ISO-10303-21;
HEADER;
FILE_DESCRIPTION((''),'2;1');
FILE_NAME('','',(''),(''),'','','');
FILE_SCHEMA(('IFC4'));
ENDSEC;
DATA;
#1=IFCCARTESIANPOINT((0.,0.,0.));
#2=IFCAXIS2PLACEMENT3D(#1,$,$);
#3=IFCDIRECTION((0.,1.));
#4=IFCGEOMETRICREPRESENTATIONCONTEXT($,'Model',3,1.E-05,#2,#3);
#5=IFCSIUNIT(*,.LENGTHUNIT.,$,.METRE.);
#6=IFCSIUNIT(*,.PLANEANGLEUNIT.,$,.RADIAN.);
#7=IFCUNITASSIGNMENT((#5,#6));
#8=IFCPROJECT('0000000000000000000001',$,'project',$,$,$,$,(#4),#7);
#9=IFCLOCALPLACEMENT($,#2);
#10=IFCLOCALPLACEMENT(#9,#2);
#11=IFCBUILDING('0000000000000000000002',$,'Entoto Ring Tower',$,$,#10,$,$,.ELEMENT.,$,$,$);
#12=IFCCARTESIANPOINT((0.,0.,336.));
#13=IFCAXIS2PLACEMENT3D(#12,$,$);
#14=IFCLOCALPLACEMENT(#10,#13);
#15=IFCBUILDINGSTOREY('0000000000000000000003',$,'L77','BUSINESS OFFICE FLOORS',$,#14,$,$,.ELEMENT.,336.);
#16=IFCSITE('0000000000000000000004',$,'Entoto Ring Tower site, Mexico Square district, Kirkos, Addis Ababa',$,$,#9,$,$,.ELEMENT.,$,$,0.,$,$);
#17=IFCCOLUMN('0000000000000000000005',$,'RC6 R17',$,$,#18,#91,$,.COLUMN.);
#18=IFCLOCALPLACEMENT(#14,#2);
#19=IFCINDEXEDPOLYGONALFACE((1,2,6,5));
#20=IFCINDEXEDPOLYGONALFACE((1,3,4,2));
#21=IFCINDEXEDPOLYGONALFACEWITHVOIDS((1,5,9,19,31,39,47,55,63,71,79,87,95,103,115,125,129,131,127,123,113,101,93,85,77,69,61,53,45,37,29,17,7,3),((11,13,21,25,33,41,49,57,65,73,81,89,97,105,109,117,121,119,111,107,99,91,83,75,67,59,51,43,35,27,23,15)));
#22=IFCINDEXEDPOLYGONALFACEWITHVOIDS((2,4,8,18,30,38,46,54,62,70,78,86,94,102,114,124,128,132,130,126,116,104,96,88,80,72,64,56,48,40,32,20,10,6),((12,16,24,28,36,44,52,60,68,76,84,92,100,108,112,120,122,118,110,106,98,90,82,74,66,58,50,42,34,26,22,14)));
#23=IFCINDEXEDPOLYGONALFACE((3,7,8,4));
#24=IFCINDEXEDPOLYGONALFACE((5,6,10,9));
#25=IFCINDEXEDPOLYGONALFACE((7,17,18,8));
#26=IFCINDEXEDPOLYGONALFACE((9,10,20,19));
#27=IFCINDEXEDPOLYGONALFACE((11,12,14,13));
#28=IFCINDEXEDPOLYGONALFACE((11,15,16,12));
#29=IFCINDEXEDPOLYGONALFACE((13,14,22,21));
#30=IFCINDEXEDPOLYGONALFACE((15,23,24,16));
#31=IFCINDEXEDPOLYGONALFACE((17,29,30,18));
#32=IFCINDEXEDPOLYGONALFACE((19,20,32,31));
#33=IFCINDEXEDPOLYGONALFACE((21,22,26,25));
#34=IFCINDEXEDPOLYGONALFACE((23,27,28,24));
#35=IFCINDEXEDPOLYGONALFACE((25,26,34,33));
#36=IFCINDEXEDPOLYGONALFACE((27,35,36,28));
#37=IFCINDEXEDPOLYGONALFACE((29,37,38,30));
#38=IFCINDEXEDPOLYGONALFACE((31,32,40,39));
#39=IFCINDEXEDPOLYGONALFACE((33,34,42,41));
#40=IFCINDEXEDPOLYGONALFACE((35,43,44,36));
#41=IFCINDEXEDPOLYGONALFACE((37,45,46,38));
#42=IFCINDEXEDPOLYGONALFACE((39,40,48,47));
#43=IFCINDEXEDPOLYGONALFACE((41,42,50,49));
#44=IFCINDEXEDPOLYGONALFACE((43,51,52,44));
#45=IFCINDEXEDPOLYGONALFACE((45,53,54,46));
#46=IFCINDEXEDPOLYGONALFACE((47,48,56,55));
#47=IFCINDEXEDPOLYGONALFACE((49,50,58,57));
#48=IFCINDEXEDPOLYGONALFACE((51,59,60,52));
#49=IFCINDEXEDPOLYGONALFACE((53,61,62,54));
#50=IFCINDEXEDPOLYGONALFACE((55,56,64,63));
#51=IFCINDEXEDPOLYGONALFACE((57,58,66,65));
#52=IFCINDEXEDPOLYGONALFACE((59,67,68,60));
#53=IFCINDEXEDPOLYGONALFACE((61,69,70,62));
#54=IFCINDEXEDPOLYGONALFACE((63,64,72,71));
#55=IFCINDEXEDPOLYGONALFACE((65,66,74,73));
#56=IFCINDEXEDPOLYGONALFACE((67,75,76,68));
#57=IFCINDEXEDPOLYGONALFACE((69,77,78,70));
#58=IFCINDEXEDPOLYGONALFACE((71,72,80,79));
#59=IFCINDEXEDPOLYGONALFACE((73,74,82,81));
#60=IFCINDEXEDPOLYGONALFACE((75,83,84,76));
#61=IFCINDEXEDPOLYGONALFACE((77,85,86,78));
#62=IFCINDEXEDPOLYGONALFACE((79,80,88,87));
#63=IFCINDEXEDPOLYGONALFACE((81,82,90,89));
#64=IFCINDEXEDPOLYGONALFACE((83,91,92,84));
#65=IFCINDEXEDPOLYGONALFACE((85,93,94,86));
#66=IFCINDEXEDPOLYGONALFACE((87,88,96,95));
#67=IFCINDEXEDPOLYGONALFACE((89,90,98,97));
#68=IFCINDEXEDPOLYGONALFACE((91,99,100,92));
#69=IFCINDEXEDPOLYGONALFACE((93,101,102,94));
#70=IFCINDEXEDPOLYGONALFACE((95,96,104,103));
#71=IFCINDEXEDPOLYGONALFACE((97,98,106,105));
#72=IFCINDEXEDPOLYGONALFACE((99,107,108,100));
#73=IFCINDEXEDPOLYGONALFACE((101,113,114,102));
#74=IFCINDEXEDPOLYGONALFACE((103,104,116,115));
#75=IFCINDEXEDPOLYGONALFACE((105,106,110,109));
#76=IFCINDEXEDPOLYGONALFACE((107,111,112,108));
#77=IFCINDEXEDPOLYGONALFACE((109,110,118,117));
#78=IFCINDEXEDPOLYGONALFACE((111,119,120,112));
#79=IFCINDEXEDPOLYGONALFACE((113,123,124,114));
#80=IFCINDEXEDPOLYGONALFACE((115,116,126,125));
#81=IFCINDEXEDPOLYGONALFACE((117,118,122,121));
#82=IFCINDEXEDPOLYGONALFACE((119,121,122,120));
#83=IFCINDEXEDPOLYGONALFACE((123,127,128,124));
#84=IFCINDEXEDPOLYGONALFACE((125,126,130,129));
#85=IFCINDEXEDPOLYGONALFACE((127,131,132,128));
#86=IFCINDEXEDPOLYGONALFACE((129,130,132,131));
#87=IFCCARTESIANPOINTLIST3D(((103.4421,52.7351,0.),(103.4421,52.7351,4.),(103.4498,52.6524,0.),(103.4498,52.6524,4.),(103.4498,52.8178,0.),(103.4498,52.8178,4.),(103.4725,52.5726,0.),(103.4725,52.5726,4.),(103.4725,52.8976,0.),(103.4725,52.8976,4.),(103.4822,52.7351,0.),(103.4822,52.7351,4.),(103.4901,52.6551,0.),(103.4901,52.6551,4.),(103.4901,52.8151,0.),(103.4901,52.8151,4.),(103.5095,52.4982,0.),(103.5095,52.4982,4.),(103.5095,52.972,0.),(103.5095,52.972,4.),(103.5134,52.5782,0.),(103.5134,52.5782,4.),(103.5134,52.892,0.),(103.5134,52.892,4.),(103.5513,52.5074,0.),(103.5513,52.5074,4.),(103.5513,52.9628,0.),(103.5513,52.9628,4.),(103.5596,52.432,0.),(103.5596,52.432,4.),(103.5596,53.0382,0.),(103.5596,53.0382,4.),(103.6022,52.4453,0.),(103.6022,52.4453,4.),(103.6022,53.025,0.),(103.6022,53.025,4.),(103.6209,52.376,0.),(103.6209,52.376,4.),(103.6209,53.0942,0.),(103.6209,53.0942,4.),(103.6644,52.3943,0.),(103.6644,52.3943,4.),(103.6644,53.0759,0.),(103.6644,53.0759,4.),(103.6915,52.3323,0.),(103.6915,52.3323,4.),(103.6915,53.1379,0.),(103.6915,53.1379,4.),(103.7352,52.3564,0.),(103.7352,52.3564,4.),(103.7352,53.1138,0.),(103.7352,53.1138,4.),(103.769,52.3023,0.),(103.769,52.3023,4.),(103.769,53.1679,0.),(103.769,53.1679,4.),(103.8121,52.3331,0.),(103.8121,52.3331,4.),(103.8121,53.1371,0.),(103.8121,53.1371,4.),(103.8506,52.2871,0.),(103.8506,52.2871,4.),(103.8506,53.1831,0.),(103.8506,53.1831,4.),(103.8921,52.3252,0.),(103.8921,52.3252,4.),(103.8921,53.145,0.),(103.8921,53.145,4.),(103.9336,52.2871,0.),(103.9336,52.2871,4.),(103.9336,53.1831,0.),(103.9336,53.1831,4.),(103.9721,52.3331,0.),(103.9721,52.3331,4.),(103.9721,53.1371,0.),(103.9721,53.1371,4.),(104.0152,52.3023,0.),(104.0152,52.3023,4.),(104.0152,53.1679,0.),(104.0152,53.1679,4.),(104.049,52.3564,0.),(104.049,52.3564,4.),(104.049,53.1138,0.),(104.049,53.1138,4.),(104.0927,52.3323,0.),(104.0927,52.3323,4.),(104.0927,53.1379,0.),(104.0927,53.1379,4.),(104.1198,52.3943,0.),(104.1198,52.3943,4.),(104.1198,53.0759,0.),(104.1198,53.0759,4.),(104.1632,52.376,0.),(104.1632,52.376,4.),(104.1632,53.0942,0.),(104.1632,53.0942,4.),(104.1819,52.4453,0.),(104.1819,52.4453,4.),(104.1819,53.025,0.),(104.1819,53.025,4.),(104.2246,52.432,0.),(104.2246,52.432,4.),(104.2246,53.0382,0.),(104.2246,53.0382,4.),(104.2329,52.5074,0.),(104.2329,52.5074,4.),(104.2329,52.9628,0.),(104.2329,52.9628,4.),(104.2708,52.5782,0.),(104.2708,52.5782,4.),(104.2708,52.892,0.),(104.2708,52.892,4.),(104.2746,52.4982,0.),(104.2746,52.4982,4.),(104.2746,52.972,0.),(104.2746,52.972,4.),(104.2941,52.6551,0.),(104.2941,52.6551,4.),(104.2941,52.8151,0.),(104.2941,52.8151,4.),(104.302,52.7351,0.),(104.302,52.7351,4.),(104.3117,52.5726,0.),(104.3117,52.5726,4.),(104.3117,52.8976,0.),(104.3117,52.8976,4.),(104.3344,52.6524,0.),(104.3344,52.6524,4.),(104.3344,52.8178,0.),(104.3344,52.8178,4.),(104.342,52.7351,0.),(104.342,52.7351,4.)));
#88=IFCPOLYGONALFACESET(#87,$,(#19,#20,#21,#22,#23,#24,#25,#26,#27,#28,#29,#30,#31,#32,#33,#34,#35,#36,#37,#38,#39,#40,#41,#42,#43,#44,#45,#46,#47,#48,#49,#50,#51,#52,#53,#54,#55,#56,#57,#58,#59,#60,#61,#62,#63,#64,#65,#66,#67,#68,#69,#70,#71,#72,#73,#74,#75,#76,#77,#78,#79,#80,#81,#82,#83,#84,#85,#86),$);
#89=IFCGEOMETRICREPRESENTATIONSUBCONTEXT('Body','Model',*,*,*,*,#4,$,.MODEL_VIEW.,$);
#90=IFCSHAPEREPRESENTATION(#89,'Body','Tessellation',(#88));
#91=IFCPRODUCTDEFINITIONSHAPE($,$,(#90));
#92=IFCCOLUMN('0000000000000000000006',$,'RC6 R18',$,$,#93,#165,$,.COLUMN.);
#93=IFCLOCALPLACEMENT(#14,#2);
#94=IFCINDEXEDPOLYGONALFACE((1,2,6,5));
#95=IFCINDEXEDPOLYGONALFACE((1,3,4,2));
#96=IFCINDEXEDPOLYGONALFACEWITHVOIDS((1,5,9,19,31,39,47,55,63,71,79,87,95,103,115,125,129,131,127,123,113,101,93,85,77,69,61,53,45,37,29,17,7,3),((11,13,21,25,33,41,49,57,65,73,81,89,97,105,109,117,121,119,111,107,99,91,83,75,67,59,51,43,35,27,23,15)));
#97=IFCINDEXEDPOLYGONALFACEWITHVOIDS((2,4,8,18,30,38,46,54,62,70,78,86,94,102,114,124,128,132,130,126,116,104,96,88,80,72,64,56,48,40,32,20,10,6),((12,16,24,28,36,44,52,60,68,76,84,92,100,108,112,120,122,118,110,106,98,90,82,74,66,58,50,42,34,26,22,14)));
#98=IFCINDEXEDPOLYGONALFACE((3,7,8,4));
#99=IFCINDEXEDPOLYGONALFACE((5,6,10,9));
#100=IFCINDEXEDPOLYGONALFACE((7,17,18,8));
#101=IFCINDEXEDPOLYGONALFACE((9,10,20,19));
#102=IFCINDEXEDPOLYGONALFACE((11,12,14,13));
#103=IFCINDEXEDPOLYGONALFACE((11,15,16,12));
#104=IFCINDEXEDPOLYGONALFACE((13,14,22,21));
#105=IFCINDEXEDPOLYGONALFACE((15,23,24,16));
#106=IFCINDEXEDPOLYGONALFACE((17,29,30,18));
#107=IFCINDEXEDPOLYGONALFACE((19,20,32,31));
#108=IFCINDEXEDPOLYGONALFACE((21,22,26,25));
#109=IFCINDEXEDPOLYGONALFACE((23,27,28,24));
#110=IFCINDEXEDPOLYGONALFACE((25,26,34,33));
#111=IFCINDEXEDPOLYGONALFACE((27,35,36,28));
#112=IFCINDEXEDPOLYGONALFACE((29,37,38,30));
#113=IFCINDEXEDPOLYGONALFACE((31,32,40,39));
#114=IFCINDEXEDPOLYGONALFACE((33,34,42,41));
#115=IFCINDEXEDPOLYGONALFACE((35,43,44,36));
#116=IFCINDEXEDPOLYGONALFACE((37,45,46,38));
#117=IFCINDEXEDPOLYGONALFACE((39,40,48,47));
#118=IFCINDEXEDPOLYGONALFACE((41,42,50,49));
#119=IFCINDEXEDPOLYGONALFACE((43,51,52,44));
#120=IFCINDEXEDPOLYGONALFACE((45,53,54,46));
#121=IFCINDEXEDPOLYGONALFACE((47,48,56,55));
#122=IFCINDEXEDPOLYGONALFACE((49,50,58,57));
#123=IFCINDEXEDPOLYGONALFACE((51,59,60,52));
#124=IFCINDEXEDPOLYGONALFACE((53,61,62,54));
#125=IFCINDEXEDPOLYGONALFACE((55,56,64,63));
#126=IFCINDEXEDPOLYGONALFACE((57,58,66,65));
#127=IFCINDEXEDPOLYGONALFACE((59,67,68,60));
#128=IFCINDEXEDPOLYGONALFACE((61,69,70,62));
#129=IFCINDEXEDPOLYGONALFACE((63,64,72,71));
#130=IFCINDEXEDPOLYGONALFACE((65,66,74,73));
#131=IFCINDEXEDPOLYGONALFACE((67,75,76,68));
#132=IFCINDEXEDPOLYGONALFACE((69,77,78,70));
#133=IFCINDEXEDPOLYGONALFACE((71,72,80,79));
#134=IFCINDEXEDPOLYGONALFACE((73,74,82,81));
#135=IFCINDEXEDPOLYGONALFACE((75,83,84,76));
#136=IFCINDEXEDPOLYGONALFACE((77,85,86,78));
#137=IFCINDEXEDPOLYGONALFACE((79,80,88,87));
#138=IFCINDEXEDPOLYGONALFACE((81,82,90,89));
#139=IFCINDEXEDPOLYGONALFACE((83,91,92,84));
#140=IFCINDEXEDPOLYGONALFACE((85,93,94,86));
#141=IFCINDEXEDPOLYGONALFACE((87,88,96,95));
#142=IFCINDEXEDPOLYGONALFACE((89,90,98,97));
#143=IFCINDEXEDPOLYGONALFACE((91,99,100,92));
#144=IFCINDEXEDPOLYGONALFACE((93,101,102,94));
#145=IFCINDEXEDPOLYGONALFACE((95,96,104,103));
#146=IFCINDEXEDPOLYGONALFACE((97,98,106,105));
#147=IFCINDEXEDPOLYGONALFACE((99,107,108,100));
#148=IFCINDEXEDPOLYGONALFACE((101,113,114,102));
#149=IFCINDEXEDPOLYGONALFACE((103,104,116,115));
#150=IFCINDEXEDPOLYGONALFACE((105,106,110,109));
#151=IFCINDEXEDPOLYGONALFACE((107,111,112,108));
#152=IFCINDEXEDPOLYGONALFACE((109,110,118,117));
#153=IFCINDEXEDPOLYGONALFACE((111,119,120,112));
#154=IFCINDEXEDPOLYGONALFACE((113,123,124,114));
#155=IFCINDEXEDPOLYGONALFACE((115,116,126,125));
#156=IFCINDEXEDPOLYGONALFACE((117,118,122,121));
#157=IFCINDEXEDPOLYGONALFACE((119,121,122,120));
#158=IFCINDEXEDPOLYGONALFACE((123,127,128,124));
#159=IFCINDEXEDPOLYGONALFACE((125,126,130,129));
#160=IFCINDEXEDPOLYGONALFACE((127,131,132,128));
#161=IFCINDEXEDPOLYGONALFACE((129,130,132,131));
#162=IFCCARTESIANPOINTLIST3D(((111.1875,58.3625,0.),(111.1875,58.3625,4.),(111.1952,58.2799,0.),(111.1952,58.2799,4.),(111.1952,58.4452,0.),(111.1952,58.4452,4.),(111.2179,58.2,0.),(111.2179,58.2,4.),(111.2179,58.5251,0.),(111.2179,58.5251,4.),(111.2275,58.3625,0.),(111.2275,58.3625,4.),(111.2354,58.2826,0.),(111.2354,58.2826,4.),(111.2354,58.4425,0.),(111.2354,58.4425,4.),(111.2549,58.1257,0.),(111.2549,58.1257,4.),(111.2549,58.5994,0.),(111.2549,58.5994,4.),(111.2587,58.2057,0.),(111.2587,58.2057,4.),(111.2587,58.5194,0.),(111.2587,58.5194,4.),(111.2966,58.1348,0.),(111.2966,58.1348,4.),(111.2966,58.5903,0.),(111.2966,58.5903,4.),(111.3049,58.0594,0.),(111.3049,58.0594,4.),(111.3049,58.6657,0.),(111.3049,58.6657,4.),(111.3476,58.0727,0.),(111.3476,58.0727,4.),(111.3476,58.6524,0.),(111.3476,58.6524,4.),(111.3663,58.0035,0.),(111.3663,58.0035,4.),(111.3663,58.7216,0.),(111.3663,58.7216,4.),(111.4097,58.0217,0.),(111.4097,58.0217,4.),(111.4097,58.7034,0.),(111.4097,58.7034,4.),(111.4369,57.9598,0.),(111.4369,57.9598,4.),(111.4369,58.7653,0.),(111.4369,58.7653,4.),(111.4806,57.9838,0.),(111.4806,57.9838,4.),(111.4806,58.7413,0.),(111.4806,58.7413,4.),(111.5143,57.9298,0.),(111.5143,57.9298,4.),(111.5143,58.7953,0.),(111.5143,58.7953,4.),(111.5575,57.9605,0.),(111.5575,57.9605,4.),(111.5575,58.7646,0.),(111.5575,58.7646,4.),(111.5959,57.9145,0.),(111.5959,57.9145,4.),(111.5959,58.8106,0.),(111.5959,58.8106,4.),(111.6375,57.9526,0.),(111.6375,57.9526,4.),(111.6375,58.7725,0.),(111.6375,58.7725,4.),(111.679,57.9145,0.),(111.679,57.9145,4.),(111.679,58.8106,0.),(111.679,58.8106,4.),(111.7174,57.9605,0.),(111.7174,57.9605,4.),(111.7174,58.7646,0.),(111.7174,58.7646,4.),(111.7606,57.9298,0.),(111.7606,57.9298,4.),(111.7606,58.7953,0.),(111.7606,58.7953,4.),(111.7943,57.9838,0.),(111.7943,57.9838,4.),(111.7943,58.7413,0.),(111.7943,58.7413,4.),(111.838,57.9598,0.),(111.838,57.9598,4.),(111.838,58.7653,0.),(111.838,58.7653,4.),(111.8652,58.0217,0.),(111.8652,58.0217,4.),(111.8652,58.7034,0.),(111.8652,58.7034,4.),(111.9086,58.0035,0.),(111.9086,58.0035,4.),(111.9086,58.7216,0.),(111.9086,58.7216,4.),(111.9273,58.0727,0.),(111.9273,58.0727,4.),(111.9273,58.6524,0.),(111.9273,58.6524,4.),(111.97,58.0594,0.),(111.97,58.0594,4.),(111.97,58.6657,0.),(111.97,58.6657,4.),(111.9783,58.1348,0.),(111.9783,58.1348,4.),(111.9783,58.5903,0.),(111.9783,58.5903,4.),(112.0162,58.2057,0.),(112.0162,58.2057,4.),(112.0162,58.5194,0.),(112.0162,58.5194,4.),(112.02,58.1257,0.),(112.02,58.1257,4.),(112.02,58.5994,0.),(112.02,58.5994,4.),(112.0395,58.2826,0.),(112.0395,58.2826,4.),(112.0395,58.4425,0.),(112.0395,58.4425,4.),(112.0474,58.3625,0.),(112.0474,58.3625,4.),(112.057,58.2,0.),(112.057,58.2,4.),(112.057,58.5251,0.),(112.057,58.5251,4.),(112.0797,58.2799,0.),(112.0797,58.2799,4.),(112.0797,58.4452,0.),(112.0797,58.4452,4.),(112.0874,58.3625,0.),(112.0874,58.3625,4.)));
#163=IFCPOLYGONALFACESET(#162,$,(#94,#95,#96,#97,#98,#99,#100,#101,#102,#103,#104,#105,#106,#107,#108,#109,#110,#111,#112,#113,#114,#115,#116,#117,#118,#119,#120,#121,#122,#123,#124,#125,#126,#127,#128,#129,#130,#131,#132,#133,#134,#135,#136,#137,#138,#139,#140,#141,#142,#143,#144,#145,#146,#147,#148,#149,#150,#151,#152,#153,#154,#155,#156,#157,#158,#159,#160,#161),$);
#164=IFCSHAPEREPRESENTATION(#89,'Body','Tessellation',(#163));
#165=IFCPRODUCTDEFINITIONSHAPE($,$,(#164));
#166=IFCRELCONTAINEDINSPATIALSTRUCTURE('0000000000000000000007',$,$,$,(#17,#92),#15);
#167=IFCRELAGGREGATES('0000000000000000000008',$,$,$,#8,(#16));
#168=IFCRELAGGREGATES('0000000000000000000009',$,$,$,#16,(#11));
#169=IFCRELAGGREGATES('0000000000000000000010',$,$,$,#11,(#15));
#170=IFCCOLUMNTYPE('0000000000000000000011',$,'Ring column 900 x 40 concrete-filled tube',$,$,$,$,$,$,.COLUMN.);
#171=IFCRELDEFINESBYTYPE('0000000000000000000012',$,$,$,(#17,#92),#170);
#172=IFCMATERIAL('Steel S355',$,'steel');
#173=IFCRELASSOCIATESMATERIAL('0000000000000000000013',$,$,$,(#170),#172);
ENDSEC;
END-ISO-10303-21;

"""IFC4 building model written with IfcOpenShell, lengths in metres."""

from ifc_helpers import new_model, si_unit, direction, frame, origin, origin_2d, place, context, subcontext, project, spatial, circle, hollow_circle, extrude, material, material_profile, profile_set, type_object, element, save


model = new_model("IFC4")

# Units and contexts
model_context = context("Model", 3, precision=1e-05, world=origin(), true_north=direction((0.0, 1.0)))
body_context = subcontext(model_context, "Body", "Model", "MODEL_VIEW")
ifc_project = project(units=[si_unit("LENGTHUNIT", "METRE"), si_unit("PLANEANGLEUNIT", "RADIAN")], contexts=[model_context])

# Site, building, storey
site_placement = place(None, origin())
site = spatial("IfcSite", under=ifc_project, at=site_placement, Name="Entoto Ring Tower site, Mexico Square district, Kirkos, Addis Ababa", CompositionType="ELEMENT", RefElevation=0.0)
building_placement = place(site_placement, origin())
building = spatial("IfcBuilding", under=site, at=building_placement, Name="Entoto Ring Tower", CompositionType="ELEMENT")
storey_placement = place(building_placement, frame((0.0, 0.0, 336.0)))
storey = spatial("IfcBuildingStorey", under=building, at=storey_placement, Name="L77", Description="BUSINESS OFFICE FLOORS", CompositionType="ELEMENT", Elevation=336.0)

# Columns
ifc_material_1 = material(Name="Steel S355", Category="steel")
ifc_material_profile_1 = material_profile(ifc_material_1, hollow_circle(Radius=0.45, WallThickness=0.04, at=origin_2d()), Name="CHS 900 x 40")
ifc_material_2 = material(Name="Concrete C60/75", Category="concrete")
ifc_material_profile_2 = material_profile(ifc_material_2, circle(Radius=0.4099, at=origin_2d()), Name="Concrete C60/75 infill")
ifc_profile_set_1 = profile_set([ifc_material_profile_1, ifc_material_profile_2], Name="Steel S355")
column_type = type_object("IfcColumnType", Name="Ring column 900 x 40 concrete-filled tube", PredefinedType="COLUMN", material=ifc_profile_set_1)
for number, where, z_axis, x_axis, name in (
    (1, (103.8921, 52.7351, 0.0), (0.0, 0.0, 1.0), (1.0, 0.0, 0.0), "RC6 R17"),
    (2, (111.6375, 58.3625, 0.0), (0.0, 0.0, 1.0), (1.0, 0.0, 0.0), "RC6 R18"),
):
    element("IfcColumn", number, at=place(storey_placement, frame(where, z_axis=z_axis, x_axis=x_axis)), inside=storey, type_object=column_type, Name=name, PredefinedType="COLUMN", context=body_context, shape_type="SweptSolid", body=[
        extrude(hollow_circle(Radius=0.45, WallThickness=0.04, at=origin_2d()), origin(), (0.0, 0.0, 1.0), 4.0),
    ])

save(model, "model.ifc")
